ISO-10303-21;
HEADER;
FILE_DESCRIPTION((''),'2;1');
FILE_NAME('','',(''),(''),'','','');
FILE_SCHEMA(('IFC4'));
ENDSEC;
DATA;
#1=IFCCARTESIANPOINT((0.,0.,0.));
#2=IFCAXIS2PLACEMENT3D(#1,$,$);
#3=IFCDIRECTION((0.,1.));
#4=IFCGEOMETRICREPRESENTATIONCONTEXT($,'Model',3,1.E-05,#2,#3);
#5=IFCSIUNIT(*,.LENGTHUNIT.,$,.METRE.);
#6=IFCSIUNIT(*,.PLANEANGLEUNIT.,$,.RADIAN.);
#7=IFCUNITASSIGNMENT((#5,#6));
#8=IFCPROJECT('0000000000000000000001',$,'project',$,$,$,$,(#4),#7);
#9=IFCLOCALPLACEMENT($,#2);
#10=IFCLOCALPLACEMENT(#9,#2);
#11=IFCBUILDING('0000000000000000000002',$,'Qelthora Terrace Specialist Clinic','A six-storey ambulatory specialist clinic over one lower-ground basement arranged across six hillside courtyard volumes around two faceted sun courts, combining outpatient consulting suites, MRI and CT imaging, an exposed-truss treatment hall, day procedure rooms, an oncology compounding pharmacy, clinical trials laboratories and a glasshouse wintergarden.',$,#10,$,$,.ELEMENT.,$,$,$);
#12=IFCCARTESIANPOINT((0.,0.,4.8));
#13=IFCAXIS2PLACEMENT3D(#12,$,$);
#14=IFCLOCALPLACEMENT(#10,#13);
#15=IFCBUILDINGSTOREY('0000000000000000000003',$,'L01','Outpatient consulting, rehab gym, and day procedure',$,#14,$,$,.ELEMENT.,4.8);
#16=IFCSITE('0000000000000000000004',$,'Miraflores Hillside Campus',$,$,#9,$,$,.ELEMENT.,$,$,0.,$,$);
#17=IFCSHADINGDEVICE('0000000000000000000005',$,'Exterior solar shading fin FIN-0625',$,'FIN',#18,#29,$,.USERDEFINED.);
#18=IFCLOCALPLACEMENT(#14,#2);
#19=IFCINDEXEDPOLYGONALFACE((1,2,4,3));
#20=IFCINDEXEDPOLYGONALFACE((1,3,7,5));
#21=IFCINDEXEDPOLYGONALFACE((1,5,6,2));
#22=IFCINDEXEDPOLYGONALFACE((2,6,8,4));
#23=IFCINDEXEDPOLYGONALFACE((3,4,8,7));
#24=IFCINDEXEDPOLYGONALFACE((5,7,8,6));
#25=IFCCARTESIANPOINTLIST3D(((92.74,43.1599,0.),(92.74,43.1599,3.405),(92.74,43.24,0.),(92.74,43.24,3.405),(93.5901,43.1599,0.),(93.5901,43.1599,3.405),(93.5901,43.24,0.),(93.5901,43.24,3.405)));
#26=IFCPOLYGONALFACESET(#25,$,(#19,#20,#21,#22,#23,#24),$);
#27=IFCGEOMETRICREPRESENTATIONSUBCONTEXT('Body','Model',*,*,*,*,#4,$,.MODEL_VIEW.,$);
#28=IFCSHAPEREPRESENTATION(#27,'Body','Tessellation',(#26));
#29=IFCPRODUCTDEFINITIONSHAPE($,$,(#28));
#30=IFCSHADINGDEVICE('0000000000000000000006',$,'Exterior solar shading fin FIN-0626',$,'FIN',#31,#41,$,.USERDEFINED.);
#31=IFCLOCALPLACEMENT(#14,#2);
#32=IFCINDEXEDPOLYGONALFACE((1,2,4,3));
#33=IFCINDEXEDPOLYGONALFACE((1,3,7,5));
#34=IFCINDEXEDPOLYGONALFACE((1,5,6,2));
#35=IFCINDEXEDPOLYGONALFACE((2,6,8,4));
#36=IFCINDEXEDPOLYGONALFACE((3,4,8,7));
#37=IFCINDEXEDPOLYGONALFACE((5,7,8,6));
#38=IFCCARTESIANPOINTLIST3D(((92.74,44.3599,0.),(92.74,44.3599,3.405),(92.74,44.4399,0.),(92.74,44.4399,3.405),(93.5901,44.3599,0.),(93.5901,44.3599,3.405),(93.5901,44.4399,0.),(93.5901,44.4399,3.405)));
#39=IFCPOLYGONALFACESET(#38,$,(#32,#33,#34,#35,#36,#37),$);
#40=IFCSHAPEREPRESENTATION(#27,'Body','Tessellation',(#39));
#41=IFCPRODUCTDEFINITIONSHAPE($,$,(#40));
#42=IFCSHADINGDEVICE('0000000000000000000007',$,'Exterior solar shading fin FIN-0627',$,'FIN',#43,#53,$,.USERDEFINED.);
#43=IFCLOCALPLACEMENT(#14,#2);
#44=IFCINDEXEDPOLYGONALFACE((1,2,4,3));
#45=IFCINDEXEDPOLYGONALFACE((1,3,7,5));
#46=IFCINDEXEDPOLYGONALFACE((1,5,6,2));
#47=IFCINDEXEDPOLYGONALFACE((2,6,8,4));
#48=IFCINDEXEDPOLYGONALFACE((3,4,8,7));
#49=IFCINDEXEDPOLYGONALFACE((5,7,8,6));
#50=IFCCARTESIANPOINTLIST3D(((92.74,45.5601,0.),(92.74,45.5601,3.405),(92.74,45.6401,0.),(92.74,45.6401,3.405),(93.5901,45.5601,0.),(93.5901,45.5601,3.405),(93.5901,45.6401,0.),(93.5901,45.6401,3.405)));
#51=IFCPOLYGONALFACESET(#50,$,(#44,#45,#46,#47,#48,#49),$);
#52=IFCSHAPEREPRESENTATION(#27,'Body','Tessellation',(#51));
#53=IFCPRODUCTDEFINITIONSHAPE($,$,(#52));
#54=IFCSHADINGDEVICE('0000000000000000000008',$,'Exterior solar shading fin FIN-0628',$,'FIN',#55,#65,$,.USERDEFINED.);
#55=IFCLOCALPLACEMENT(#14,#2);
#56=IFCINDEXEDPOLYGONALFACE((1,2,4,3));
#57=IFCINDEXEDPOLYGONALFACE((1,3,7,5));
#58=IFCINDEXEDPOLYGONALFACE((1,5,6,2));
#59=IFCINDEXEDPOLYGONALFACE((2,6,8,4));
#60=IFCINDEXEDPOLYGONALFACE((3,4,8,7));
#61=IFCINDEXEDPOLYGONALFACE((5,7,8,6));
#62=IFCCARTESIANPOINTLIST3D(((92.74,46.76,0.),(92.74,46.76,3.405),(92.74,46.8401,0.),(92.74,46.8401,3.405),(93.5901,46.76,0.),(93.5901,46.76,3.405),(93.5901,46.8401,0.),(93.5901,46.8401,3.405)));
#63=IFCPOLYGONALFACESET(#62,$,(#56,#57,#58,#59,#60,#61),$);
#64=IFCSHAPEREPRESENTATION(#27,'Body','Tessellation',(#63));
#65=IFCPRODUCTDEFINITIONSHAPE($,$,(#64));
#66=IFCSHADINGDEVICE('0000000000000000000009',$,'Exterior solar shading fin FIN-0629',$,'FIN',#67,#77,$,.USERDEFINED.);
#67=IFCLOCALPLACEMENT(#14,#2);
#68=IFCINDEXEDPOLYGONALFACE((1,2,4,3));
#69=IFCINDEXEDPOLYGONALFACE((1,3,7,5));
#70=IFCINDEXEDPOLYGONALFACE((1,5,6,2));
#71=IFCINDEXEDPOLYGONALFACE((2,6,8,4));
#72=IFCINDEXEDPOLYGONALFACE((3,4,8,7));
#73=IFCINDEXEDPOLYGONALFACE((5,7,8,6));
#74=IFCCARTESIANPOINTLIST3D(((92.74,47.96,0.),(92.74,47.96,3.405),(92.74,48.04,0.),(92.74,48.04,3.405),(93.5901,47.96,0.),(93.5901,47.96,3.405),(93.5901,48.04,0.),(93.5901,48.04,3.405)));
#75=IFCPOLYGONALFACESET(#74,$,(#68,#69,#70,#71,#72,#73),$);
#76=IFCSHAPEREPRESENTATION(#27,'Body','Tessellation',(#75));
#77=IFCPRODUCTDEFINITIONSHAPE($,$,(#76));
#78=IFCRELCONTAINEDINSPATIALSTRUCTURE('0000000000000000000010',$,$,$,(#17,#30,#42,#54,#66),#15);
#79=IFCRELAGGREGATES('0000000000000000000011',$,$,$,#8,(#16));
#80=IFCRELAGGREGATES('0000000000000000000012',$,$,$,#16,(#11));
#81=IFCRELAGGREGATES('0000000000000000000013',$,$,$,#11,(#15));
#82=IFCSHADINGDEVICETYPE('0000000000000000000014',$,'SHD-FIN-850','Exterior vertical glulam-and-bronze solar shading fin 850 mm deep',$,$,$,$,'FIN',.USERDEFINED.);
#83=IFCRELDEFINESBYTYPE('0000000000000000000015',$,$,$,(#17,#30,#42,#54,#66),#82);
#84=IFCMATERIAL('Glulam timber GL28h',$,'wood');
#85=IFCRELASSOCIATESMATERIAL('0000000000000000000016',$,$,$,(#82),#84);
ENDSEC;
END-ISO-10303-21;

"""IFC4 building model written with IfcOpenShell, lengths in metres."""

from ifc_helpers import new_model, si_unit, direction, frame, origin, origin_2d, place, context, subcontext, project, spatial, rectangle, extrude, material, type_object, element, save


model = new_model("IFC4")

# Units and contexts
model_context = context("Model", 3, precision=1e-05, world=origin(), true_north=direction((0.0, 1.0)))
body_context = subcontext(model_context, "Body", "Model", "MODEL_VIEW")
ifc_project = project(units=[si_unit("LENGTHUNIT", "METRE"), si_unit("PLANEANGLEUNIT", "RADIAN")], contexts=[model_context])

# Site, building, storey
site_placement = place(None, origin())
site = spatial("IfcSite", under=ifc_project, at=site_placement, Name="Miraflores Hillside Campus", CompositionType="ELEMENT", RefElevation=0.0)
building_placement = place(site_placement, origin())
building = spatial("IfcBuilding", under=site, at=building_placement, Name="Qelthora Terrace Specialist Clinic", Description="A six-storey ambulatory specialist clinic over one lower-ground basement arranged across six hillside courtyard volumes around two faceted sun courts, combining outpatient consulting suites, MRI and CT imaging, an exposed-truss treatment hall, day procedure rooms, an oncology compounding pharmacy, clinical trials laboratories and a glasshouse wintergarden.", CompositionType="ELEMENT")
storey_placement = place(building_placement, frame((0.0, 0.0, 4.8)))
storey = spatial("IfcBuildingStorey", under=building, at=storey_placement, Name="L01", Description="Outpatient consulting, rehab gym, and day procedure", CompositionType="ELEMENT", Elevation=4.8)

# Shading devices
ifc_material_1 = material(Name="Glulam timber GL28h", Category="wood")
shading_device_type = type_object("IfcShadingDeviceType", Name="SHD-FIN-850", Description="Exterior vertical glulam-and-bronze solar shading fin 850 mm deep", ElementType="FIN", PredefinedType="USERDEFINED", material=ifc_material_1)
for number, where, z_axis, x_axis, name in (
    (1, (93.165, 43.2, 0.0), (0.0, 0.0, 1.0), (-1.0, 0.0, 0.0), "Exterior solar shading fin FIN-0625"),
    (2, (93.165, 44.3999, 0.0), (0.0, 0.0, 1.0), (-1.0, 0.0, 0.0), "Exterior solar shading fin FIN-0626"),
    (3, (93.165, 45.6001, 0.0), (0.0, 0.0, 1.0), (-1.0, 0.0, 0.0), "Exterior solar shading fin FIN-0627"),
    (4, (93.165, 46.8, 0.0), (0.0, 0.0, 1.0), (-1.0, 0.0, 0.0), "Exterior solar shading fin FIN-0628"),
    (5, (93.165, 48.0, 0.0), (0.0, 0.0, 1.0), (-1.0, 0.0, 0.0), "Exterior solar shading fin FIN-0629"),
):
    element("IfcShadingDevice", number, at=place(storey_placement, frame(where, z_axis=z_axis, x_axis=x_axis)), inside=storey, type_object=shading_device_type, Name=name, ObjectType="FIN", PredefinedType="USERDEFINED", context=body_context, shape_type="SweptSolid", body=[
        extrude(rectangle(XDim=0.8501, YDim=0.0801, at=origin_2d()), origin(), (0.0, 0.0, 1.0), 3.405),
    ])

save(model, "model.ifc")
